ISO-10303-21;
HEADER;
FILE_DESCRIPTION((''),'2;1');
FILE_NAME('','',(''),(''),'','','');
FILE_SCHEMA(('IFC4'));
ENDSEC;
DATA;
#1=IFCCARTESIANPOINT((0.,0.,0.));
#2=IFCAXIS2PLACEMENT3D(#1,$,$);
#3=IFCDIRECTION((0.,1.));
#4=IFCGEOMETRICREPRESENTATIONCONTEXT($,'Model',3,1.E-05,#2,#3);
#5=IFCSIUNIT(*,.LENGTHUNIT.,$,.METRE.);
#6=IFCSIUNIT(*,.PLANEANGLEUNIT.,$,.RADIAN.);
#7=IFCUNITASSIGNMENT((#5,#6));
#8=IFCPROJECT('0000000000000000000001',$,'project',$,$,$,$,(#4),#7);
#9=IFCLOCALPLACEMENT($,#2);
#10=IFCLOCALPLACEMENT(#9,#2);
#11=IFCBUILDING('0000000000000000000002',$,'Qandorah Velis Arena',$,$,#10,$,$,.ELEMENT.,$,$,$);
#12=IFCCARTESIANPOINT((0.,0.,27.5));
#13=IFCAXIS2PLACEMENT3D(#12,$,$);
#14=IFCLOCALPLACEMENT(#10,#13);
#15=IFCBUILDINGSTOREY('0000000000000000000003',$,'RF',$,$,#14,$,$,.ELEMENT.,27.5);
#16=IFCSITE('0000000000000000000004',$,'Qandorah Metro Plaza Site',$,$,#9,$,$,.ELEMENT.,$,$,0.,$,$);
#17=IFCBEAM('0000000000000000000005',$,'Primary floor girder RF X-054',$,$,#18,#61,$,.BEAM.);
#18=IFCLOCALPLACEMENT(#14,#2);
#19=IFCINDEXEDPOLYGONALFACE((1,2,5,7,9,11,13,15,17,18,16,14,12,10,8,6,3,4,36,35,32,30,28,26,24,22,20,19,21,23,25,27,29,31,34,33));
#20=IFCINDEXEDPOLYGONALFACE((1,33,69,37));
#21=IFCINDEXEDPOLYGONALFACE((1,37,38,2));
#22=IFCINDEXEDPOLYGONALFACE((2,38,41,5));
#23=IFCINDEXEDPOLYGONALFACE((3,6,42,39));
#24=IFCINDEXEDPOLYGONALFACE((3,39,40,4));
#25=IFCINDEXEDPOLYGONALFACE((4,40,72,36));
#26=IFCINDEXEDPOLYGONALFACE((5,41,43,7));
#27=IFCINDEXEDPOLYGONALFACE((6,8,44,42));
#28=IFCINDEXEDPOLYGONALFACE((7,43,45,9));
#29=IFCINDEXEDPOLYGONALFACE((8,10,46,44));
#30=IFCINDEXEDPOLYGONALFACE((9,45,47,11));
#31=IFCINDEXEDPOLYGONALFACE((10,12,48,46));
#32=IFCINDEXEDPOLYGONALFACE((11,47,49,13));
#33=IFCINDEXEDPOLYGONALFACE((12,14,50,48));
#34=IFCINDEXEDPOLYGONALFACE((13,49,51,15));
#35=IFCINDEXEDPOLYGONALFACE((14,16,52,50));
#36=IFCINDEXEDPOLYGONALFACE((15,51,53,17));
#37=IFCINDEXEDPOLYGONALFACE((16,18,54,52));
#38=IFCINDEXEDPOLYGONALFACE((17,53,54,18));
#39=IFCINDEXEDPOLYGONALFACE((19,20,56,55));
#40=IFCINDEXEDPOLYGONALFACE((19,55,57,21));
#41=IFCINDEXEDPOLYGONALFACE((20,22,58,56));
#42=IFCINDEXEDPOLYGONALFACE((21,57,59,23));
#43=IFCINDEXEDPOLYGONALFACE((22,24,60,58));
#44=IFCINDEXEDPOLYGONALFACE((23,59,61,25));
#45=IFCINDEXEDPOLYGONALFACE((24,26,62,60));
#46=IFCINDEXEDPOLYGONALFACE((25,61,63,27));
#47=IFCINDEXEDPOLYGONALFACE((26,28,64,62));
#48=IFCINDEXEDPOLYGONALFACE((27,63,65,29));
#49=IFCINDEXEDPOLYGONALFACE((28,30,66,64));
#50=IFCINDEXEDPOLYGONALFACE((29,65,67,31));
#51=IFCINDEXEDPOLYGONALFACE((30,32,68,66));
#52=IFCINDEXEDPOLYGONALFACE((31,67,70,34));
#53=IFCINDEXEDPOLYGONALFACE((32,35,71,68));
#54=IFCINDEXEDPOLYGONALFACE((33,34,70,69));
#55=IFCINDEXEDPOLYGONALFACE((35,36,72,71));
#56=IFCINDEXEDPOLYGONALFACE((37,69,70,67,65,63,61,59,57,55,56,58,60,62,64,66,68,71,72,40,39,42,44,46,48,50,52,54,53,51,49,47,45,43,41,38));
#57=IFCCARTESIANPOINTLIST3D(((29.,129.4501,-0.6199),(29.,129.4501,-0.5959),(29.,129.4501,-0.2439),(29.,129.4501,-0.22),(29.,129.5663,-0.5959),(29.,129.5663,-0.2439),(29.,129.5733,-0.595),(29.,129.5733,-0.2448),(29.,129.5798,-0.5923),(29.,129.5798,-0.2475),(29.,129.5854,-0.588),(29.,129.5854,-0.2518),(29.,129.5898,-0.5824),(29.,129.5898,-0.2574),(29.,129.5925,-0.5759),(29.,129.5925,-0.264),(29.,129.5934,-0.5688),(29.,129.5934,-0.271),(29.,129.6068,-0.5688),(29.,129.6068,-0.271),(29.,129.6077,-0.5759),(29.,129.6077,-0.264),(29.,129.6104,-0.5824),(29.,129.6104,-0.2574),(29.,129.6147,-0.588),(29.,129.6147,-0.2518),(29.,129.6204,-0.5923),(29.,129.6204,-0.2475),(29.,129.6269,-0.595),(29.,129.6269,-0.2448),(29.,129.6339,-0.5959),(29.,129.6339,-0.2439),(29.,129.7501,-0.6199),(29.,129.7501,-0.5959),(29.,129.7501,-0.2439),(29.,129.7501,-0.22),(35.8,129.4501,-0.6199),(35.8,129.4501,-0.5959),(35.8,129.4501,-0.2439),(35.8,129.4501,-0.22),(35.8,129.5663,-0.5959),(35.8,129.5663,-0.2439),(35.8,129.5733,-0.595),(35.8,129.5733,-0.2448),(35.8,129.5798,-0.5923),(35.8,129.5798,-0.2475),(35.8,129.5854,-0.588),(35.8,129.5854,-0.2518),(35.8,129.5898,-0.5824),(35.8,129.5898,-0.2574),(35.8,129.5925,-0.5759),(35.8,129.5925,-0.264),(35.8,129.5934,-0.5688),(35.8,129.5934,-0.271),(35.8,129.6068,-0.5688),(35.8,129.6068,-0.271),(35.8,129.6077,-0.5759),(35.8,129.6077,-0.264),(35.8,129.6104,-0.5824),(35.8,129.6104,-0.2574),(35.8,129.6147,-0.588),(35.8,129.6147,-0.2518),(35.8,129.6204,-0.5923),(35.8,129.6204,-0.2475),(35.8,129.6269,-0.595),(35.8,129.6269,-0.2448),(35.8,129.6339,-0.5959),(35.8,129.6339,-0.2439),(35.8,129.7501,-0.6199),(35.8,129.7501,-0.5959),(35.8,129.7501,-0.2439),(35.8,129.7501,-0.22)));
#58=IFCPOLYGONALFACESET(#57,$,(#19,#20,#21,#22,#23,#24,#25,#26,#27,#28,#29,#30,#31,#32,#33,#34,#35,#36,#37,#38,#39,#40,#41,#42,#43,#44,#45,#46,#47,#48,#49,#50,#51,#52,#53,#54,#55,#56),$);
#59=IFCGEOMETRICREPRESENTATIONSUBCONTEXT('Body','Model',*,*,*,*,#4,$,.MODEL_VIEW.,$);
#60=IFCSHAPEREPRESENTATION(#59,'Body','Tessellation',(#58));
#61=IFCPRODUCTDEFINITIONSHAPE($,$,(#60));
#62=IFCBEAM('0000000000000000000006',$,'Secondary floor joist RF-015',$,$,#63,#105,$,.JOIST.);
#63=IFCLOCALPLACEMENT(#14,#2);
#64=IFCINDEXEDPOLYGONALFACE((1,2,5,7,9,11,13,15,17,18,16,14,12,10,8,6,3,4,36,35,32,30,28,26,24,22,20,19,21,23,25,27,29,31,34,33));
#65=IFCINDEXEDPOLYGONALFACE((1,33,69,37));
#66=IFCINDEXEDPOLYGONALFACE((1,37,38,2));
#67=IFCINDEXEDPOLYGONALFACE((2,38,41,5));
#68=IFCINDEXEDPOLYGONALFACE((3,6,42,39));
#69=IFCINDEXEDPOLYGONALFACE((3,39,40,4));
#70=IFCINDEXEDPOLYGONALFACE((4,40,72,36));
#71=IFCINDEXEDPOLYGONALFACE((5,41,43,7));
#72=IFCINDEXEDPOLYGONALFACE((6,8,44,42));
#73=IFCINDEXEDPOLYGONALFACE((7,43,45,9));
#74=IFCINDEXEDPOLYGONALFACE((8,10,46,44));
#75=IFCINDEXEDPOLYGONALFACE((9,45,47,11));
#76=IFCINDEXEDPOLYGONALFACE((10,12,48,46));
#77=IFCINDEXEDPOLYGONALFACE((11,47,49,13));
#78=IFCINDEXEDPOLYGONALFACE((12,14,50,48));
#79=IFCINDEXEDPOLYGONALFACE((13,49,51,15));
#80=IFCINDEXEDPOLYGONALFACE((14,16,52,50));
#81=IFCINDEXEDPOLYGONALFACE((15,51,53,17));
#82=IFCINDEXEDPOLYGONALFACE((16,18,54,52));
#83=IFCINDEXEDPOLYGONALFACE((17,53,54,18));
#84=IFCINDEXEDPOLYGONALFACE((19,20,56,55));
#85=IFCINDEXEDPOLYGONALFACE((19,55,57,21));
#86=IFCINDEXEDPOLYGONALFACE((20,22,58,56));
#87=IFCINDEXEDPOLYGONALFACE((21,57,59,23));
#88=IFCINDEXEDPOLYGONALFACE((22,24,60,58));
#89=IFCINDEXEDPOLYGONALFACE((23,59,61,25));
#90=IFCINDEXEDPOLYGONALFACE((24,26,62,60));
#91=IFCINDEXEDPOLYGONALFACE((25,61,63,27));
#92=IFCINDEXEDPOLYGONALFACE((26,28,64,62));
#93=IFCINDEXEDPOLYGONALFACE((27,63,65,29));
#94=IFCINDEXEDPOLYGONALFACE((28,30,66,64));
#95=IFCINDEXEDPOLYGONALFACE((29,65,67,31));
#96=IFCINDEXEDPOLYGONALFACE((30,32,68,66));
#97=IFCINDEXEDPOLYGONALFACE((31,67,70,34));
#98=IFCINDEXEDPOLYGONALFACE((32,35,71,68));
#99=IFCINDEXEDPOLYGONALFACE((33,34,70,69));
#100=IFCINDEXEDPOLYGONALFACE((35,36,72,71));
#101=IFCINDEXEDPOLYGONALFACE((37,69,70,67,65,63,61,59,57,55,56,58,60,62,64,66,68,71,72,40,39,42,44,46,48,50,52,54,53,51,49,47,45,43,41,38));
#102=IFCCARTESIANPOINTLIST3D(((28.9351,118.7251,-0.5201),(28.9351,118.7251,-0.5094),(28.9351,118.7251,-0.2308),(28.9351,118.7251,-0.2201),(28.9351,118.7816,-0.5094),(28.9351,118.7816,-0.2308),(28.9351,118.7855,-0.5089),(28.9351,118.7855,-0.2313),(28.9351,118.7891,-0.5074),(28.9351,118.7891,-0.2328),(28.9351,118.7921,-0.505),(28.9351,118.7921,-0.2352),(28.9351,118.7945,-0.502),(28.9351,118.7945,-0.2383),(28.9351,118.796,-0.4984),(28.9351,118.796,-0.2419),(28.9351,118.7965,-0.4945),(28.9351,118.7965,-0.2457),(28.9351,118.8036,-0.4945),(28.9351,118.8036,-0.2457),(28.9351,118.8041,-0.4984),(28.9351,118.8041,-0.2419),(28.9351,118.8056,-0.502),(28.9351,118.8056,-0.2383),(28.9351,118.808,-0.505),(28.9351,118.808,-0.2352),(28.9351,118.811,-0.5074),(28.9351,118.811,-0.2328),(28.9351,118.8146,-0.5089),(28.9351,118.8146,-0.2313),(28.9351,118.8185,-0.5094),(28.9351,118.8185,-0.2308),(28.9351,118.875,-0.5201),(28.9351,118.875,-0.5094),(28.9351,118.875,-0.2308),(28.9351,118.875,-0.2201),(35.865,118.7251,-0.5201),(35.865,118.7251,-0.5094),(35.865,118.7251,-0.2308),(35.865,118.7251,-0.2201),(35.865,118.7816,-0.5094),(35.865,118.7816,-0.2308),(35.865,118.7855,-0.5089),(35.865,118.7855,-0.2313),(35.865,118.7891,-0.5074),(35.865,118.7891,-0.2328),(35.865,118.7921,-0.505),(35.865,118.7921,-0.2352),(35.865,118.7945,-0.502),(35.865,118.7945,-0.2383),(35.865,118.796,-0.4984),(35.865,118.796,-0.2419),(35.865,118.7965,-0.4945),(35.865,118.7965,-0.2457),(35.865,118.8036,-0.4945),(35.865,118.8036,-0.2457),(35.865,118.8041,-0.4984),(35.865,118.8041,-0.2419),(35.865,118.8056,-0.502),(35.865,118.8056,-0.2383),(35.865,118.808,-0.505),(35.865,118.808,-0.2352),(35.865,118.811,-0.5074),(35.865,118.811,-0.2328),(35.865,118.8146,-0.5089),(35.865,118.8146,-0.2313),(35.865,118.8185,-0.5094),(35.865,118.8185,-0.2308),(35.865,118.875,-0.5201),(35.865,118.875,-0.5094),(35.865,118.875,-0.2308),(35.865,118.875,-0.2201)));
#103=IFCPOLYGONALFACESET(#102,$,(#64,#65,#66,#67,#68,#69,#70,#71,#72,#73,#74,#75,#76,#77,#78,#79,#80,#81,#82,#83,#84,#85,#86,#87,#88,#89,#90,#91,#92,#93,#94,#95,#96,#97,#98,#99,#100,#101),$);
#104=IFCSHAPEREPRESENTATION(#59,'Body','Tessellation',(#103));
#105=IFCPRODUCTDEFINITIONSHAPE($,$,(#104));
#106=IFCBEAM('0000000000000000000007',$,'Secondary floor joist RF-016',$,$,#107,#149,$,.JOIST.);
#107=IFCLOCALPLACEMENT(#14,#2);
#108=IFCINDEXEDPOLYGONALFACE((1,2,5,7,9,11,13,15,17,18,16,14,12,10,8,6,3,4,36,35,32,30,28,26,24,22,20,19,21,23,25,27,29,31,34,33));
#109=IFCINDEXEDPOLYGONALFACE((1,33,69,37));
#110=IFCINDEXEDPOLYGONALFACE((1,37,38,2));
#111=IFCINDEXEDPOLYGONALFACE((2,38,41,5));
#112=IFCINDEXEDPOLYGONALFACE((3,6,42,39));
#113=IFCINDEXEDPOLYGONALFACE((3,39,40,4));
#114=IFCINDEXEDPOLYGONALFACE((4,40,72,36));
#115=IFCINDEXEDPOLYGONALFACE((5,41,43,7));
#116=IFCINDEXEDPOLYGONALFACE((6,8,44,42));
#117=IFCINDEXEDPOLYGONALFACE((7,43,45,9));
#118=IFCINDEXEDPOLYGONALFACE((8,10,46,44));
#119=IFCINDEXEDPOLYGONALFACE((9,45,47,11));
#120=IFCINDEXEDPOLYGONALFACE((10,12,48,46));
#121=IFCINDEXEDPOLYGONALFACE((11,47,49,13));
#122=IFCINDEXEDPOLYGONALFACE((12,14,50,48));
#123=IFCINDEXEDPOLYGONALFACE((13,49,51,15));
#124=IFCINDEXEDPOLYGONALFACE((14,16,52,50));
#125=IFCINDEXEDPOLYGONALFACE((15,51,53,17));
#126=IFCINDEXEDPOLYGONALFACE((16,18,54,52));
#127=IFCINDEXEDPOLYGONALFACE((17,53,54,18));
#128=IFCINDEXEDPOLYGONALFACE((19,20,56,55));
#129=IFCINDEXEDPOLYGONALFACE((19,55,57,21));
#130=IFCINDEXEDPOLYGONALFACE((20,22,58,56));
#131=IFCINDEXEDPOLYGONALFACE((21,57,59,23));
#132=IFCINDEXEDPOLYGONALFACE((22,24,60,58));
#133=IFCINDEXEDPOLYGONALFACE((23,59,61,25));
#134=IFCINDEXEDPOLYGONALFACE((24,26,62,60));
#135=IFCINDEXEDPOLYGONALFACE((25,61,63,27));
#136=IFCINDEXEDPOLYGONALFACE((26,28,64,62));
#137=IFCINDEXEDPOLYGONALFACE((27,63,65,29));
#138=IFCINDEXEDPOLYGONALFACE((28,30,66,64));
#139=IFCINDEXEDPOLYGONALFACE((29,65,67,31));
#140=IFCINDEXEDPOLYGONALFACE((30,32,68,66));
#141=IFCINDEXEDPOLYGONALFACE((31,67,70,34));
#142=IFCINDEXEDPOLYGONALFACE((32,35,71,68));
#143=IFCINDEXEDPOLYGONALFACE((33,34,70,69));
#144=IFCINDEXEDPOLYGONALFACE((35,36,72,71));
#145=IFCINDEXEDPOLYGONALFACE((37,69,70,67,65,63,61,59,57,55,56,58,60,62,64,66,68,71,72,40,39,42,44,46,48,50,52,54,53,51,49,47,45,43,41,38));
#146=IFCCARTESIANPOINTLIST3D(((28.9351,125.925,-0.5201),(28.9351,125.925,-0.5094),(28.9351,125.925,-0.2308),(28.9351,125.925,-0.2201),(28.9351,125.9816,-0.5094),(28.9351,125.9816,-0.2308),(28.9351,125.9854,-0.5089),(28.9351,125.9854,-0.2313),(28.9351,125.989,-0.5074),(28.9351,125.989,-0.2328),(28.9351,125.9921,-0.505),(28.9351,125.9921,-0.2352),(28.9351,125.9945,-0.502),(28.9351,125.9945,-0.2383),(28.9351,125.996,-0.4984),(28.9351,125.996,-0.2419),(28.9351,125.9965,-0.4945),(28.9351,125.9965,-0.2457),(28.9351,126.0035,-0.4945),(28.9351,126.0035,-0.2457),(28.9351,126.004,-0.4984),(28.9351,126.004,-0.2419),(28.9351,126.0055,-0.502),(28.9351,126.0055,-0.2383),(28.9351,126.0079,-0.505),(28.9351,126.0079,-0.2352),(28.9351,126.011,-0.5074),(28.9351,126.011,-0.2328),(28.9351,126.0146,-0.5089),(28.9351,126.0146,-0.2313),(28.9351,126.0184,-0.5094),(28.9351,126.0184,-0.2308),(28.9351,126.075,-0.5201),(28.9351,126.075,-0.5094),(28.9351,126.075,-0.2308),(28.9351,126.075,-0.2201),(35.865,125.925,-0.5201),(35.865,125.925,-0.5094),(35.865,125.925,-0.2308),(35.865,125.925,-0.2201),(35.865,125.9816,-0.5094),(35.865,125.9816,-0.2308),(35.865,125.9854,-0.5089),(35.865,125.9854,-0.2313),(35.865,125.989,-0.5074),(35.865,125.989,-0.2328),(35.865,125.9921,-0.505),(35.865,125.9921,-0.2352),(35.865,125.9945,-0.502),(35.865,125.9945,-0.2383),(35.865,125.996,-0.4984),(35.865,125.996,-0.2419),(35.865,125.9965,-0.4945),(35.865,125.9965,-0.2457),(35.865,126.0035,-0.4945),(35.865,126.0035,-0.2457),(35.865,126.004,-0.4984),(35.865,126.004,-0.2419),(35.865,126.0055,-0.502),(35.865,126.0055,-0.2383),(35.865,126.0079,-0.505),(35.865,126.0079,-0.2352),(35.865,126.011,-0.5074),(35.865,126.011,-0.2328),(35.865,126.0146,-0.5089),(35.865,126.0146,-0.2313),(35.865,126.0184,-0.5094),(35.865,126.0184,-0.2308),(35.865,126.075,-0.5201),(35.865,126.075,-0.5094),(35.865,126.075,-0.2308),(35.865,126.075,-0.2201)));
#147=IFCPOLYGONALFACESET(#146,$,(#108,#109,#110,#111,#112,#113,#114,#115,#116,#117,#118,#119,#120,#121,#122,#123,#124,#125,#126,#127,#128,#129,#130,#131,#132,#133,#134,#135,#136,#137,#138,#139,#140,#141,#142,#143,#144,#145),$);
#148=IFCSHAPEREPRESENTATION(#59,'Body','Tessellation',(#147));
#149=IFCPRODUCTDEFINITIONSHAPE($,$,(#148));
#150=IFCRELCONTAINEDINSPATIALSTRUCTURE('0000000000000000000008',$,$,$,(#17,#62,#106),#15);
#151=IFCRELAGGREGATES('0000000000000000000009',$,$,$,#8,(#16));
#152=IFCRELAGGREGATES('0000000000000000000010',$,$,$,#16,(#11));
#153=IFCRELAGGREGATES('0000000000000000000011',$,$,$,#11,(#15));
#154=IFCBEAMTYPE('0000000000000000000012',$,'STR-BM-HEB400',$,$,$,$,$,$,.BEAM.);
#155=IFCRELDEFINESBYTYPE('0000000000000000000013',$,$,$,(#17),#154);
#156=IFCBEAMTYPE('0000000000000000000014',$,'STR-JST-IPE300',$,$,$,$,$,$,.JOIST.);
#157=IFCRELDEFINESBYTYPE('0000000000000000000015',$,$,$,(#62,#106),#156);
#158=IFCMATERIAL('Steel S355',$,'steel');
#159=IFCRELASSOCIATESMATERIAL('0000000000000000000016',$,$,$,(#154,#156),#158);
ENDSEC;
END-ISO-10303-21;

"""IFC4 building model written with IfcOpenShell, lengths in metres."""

from ifc_helpers import new_model, si_unit, direction, frame, origin, origin_2d, place, context, subcontext, project, spatial, i_section, extrude, material, material_profile, profile_set, type_object, element, save


model = new_model("IFC4")

# Units and contexts
model_context = context("Model", 3, precision=1e-05, world=origin(), true_north=direction((0.0, 1.0)))
body_context = subcontext(model_context, "Body", "Model", "MODEL_VIEW")
ifc_project = project(units=[si_unit("LENGTHUNIT", "METRE"), si_unit("PLANEANGLEUNIT", "RADIAN")], contexts=[model_context])

# Site, building, storey
site_placement = place(None, origin())
site = spatial("IfcSite", under=ifc_project, at=site_placement, Name="Qandorah Metro Plaza Site", CompositionType="ELEMENT", RefElevation=0.0)
building_placement = place(site_placement, origin())
building = spatial("IfcBuilding", under=site, at=building_placement, Name="Qandorah Velis Arena", CompositionType="ELEMENT")
storey_placement = place(building_placement, frame((0.0, 0.0, 27.5)))
storey = spatial("IfcBuildingStorey", under=building, at=storey_placement, Name="RF", CompositionType="ELEMENT", Elevation=27.5)

# Beams
ifc_material_1 = material(Name="Steel S355", Category="steel")
ifc_material_profile_1 = material_profile(ifc_material_1, i_section(OverallWidth=0.3, OverallDepth=0.3999, WebThickness=0.0134, FlangeThickness=0.0239, FilletRadius=0.0271, at=origin_2d()), Name="HEB 400")
ifc_profile_set_1 = profile_set([ifc_material_profile_1], Name="Steel S355")
beam_type_1 = type_object("IfcBeamType", Name="STR-BM-HEB400", PredefinedType="BEAM", material=ifc_profile_set_1)
for number, where, z_axis, x_axis, name in (
    (1, (29.0, 129.6001, -0.4199), (1.0, 0.0, 0.0), (0.0, 1.0, 0.0), "Primary floor girder RF X-054"),
):
    element("IfcBeam", number, at=place(storey_placement, frame(where, z_axis=z_axis, x_axis=x_axis)), inside=storey, type_object=beam_type_1, Name=name, PredefinedType="BEAM", context=body_context, shape_type="SweptSolid", body=[
        extrude(i_section(OverallWidth=0.3, OverallDepth=0.3999, WebThickness=0.0134, FlangeThickness=0.0239, FilletRadius=0.0271, at=origin_2d()), origin(), (0.0, 0.0, 1.0), 6.8),
    ])
ifc_material_profile_2 = material_profile(ifc_material_1, i_section(OverallWidth=0.1499, OverallDepth=0.3, WebThickness=0.0071, FlangeThickness=0.0107, FilletRadius=0.0149, at=origin_2d()), Name="IPE 300")
ifc_profile_set_2 = profile_set([ifc_material_profile_2], Name="Steel S355")
beam_type_2 = type_object("IfcBeamType", Name="STR-JST-IPE300", PredefinedType="JOIST", material=ifc_profile_set_2)
for number, where, z_axis, x_axis, name in (
    (2, (28.9351, 118.8, -0.3701), (1.0, 0.0, 0.0), (0.0, 1.0, 0.0), "Secondary floor joist RF-015"),
    (3, (28.9351, 126.0, -0.3701), (1.0, 0.0, 0.0), (0.0, 1.0, 0.0), "Secondary floor joist RF-016"),
):
    element("IfcBeam", number, at=place(storey_placement, frame(where, z_axis=z_axis, x_axis=x_axis)), inside=storey, type_object=beam_type_2, Name=name, PredefinedType="JOIST", context=body_context, shape_type="SweptSolid", body=[
        extrude(i_section(OverallWidth=0.1499, OverallDepth=0.3, WebThickness=0.0071, FlangeThickness=0.0107, FilletRadius=0.0149, at=origin_2d()), origin(), (0.0, 0.0, 1.0), 6.9299),
    ])

save(model, "model.ifc")
